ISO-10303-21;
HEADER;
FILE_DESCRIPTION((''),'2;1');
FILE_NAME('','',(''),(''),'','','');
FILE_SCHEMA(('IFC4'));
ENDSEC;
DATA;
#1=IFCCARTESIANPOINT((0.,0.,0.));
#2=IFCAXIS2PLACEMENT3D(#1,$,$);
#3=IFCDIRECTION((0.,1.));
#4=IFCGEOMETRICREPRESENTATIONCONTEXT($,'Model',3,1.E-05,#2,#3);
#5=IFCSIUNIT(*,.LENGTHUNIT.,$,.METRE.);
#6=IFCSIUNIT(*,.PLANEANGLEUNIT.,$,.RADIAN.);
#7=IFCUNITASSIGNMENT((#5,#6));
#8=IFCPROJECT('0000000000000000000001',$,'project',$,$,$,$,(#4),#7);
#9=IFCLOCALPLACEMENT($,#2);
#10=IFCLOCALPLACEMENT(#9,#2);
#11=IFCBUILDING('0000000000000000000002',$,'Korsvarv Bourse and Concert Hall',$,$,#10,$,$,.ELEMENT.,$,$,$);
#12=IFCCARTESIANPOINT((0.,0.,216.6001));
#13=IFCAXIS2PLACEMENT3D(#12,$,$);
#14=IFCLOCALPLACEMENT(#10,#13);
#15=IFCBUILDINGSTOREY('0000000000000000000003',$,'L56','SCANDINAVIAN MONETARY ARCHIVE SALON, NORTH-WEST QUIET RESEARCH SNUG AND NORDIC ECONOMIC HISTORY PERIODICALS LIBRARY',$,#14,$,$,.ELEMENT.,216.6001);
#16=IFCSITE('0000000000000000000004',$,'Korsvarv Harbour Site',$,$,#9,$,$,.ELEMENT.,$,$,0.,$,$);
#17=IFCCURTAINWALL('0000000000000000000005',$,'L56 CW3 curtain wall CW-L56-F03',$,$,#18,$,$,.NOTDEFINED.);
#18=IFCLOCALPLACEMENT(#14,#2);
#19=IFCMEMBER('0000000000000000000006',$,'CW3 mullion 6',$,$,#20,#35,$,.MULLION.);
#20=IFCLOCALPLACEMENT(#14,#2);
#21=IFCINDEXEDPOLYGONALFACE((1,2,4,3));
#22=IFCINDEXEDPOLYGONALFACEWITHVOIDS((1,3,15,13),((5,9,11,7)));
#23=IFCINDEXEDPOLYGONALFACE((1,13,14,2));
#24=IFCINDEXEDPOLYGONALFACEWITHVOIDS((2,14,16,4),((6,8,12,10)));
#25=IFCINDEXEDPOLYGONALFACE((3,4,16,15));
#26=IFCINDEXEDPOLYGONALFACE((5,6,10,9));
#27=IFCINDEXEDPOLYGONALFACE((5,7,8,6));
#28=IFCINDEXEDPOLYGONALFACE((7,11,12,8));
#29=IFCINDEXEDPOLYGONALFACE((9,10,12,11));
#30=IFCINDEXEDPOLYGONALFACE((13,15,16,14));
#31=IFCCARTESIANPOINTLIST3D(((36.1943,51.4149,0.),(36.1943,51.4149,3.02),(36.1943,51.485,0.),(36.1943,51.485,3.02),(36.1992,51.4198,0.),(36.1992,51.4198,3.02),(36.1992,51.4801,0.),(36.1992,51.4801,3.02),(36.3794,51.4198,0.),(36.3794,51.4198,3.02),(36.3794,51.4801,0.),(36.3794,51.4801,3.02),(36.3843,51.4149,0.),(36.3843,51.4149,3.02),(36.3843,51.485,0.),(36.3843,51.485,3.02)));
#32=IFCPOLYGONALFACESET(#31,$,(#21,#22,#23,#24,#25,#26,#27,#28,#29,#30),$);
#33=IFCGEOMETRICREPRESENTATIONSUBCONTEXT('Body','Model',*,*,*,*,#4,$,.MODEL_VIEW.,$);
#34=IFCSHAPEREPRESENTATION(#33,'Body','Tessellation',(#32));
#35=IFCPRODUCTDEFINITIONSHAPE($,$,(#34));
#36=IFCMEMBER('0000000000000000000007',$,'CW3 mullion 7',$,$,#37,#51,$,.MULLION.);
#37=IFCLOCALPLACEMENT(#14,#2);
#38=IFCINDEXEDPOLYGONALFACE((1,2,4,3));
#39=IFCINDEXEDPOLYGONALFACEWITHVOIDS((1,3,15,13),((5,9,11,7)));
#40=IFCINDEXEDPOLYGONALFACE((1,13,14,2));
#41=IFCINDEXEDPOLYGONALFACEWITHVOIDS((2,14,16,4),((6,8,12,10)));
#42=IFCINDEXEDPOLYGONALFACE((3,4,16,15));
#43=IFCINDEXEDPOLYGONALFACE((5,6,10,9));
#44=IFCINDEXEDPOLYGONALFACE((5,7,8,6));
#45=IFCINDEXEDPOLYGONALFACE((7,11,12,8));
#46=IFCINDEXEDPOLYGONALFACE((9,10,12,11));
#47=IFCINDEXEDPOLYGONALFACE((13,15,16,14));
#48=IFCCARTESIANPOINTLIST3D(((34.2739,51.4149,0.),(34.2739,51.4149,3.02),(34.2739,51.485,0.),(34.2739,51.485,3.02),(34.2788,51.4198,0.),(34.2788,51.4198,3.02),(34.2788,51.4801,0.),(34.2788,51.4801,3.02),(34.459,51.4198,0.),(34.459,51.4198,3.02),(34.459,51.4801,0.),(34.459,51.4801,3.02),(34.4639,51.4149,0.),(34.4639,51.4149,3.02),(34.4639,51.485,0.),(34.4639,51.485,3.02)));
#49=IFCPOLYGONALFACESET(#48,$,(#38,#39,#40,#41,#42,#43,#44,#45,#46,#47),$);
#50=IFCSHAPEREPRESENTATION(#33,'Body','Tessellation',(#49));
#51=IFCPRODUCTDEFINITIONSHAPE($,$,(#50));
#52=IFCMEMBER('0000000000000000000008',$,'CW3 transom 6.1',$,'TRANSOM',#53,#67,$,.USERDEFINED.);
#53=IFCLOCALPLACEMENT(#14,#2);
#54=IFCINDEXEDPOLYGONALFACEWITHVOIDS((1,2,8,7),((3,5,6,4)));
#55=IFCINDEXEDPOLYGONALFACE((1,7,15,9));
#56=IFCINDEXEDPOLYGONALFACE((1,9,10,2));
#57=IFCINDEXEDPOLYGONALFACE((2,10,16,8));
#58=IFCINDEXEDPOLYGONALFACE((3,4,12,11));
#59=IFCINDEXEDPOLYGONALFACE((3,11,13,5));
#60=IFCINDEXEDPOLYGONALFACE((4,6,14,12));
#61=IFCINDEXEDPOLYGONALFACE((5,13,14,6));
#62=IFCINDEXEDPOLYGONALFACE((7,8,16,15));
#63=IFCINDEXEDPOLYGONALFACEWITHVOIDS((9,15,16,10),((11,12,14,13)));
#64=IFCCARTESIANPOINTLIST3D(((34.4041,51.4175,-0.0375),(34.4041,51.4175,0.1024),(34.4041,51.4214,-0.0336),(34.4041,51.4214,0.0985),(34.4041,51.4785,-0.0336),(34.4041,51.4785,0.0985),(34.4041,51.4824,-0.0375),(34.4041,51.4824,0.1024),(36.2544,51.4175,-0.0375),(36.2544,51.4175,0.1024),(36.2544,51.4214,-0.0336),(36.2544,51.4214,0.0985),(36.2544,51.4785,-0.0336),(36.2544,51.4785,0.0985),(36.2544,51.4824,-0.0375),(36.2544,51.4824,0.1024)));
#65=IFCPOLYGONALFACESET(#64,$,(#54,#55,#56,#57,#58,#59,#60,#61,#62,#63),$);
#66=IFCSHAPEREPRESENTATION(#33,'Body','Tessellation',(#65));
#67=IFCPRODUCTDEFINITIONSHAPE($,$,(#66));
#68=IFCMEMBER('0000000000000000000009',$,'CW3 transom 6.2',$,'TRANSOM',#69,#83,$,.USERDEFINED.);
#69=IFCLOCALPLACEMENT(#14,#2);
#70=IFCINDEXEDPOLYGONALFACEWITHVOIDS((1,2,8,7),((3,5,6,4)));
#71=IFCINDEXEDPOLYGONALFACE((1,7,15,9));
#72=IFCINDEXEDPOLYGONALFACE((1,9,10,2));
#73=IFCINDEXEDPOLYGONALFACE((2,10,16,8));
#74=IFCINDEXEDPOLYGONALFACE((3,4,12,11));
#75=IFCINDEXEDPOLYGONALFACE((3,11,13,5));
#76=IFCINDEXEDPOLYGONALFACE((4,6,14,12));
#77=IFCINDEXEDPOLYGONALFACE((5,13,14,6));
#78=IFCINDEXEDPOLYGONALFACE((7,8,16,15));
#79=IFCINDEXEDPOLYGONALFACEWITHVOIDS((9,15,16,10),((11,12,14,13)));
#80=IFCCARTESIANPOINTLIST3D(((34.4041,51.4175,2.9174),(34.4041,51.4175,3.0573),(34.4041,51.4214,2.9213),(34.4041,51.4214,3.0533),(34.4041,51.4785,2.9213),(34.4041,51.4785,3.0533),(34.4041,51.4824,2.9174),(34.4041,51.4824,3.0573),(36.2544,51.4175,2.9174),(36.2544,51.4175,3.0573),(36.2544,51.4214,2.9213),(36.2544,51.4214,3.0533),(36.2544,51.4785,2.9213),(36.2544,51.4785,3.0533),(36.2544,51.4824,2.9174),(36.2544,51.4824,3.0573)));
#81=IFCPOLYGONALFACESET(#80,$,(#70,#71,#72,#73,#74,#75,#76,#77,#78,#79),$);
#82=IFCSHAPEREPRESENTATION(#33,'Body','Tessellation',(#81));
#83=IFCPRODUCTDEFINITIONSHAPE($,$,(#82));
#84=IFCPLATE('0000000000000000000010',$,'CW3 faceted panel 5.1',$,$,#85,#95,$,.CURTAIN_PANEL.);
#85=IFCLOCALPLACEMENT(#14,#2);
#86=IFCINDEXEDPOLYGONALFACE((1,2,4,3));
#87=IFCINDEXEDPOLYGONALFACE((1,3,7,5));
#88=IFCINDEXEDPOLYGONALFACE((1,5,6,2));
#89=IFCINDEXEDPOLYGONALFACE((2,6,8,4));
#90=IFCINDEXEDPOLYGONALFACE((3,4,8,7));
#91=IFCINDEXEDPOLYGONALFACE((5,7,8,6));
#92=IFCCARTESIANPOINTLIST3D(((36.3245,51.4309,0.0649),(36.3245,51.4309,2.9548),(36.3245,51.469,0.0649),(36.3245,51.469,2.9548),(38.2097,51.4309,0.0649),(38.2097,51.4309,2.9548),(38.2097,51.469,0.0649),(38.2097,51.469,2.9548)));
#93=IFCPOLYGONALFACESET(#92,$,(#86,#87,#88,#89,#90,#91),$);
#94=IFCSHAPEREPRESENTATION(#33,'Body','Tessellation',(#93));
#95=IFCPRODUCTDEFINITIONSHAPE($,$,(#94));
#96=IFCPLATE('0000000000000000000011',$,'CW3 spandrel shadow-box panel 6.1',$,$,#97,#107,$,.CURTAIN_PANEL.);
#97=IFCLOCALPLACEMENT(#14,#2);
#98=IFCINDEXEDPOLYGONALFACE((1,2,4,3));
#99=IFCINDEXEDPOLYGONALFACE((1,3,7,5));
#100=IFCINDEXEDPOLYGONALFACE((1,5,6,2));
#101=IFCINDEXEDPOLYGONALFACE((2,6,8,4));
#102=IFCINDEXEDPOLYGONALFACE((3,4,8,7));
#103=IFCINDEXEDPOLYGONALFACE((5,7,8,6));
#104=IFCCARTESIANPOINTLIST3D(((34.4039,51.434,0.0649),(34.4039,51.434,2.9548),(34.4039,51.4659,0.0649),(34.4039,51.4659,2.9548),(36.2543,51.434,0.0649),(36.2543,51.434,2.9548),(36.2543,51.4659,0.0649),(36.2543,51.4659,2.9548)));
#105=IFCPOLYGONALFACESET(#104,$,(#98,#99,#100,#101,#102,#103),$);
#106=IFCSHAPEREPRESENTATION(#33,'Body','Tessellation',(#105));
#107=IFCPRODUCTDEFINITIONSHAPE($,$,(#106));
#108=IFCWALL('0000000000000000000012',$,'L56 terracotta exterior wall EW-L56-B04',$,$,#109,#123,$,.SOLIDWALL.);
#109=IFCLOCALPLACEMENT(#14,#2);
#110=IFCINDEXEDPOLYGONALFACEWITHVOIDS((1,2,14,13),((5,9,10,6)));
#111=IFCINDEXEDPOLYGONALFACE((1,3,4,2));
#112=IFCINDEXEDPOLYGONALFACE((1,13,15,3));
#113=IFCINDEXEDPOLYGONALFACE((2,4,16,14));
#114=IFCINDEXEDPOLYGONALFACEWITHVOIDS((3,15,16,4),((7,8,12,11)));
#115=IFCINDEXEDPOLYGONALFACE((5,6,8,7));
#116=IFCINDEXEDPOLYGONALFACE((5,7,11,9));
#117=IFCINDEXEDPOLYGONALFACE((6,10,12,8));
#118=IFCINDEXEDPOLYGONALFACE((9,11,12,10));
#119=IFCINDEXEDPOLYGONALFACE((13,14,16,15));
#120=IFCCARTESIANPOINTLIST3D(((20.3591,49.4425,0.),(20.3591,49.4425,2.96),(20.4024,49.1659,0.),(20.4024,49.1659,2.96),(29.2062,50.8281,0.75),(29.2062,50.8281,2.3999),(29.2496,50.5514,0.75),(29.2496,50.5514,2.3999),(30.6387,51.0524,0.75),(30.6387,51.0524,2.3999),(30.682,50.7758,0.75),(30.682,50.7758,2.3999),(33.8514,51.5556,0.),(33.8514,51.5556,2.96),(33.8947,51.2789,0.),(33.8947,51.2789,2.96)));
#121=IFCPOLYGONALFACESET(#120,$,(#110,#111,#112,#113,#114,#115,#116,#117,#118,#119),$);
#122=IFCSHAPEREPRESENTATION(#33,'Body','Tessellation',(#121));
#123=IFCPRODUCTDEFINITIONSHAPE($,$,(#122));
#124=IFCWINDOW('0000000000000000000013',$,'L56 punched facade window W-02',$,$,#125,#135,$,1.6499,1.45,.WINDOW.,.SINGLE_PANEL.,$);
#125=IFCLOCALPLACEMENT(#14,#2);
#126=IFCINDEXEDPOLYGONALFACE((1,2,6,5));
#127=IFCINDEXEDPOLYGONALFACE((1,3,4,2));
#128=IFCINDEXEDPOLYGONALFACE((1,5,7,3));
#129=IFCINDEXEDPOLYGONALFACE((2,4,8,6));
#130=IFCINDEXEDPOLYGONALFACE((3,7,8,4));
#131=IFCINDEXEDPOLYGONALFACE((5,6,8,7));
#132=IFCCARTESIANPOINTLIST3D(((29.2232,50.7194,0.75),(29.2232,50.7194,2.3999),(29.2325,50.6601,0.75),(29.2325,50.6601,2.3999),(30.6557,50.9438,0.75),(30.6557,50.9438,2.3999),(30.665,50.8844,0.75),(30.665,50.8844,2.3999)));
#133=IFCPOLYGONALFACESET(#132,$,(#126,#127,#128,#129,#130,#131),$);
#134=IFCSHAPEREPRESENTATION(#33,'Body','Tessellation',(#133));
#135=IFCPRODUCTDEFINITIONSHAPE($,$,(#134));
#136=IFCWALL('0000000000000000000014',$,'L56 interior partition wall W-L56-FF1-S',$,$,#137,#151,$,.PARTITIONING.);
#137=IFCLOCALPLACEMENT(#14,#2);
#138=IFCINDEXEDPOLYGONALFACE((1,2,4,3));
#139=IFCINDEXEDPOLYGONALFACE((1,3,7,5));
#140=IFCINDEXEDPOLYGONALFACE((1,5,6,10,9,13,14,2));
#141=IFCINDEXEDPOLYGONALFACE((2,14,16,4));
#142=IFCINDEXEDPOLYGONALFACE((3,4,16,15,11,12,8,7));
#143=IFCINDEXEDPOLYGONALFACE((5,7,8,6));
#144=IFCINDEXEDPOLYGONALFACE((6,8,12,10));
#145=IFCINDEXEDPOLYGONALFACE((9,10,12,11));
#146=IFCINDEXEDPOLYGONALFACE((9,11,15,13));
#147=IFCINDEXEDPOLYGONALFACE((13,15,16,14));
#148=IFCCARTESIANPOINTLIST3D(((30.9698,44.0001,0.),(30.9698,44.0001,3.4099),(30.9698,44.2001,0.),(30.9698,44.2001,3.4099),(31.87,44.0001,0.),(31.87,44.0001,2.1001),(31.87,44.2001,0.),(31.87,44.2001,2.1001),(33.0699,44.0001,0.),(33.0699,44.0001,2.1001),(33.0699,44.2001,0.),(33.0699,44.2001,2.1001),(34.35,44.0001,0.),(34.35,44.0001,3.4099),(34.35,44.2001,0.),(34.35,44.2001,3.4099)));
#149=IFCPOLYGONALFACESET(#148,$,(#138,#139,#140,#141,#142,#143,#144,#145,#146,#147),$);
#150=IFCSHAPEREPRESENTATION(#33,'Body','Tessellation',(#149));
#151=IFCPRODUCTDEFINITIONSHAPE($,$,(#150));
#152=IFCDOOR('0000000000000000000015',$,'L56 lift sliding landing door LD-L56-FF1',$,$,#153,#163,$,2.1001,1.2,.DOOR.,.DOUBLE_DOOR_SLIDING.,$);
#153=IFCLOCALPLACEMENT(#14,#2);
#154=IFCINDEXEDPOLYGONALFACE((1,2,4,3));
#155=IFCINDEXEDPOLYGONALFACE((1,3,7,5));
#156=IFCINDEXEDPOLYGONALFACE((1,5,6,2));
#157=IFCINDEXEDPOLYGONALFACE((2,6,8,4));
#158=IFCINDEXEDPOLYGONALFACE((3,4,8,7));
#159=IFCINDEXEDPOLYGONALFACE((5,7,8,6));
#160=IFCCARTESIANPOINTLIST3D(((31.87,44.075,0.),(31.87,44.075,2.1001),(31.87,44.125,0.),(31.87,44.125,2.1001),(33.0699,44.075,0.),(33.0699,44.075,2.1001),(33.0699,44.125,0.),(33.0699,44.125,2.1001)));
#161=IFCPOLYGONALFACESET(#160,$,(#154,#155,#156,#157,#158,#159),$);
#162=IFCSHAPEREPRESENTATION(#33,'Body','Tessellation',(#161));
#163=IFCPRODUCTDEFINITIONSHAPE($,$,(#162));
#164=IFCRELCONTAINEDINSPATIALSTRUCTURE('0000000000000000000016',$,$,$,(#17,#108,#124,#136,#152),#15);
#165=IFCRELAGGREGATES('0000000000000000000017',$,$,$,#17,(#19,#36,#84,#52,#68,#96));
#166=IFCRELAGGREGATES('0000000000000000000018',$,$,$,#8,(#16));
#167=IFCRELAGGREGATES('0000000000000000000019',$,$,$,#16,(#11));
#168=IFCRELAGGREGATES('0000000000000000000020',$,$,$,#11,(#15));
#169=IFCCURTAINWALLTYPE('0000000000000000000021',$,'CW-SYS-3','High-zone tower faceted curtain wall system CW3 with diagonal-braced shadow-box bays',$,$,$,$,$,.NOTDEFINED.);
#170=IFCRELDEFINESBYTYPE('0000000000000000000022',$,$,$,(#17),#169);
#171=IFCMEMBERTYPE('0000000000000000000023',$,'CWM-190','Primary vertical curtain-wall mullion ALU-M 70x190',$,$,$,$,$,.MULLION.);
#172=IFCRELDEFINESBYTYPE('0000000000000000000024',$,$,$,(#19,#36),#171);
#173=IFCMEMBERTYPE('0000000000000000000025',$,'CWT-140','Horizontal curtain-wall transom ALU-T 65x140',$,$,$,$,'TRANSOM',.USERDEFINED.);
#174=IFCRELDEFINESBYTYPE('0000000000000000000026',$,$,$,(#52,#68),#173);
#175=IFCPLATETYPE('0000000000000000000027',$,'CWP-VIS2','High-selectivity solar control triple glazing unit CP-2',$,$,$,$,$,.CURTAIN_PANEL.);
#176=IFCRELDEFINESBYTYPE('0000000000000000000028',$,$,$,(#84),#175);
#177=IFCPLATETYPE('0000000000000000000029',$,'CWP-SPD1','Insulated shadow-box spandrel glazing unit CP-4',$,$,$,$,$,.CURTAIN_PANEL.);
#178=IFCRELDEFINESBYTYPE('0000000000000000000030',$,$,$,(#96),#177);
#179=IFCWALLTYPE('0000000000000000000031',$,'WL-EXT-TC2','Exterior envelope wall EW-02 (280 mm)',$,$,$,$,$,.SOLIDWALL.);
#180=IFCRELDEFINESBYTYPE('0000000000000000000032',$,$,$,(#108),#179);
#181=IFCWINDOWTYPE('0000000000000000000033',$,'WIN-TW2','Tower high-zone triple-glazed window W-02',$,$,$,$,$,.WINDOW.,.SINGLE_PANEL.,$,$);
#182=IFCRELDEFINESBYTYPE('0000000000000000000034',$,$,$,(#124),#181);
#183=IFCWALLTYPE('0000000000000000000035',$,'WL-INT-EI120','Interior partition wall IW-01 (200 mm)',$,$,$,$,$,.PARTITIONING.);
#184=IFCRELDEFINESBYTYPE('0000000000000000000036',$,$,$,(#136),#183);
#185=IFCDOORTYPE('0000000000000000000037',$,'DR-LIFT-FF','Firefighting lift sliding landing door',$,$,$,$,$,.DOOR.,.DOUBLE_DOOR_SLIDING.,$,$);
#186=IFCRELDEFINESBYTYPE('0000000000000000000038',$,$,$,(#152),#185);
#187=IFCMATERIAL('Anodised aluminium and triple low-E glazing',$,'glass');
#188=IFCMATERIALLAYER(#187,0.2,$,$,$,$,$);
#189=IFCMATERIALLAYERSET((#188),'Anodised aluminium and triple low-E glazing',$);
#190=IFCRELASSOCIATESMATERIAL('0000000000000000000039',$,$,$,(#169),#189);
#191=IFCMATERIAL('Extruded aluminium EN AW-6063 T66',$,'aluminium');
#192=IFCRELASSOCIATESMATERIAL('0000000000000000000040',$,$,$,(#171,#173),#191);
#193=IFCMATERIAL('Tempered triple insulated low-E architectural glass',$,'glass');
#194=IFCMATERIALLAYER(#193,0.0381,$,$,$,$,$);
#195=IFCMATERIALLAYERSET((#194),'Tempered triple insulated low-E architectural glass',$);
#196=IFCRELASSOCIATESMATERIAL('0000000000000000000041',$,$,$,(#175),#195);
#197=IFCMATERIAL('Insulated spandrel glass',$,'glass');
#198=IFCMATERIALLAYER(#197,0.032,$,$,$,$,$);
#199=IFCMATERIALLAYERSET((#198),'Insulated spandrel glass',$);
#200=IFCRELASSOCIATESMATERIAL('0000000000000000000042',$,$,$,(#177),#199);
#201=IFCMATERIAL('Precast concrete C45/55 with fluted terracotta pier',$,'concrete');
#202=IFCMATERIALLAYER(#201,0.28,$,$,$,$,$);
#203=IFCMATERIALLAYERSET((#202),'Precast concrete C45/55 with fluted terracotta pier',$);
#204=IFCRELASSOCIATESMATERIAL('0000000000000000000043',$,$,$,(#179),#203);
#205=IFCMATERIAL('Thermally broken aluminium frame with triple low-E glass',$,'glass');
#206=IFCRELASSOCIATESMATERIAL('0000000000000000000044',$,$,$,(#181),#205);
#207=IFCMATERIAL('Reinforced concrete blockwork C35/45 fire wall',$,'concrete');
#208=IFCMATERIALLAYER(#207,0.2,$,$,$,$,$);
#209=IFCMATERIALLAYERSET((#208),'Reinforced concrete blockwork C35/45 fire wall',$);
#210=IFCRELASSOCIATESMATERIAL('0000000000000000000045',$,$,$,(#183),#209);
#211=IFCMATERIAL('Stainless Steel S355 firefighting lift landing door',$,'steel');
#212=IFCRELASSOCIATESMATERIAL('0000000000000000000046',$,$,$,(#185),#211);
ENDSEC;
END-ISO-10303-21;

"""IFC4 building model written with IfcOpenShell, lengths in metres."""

from ifc_helpers import new_model, si_unit, direction, frame, frame_2d, origin, origin_2d, place, context, subcontext, project, spatial, rectangle, hollow_rectangle, extrude, source, transform, mapped, material, layer, layer_set, material_profile, profile_set, type_object, element, fill, aggregate, save


model = new_model("IFC4")

# Units and contexts
model_context = context("Model", 3, precision=1e-05, world=origin(), true_north=direction((0.0, 1.0)))
body_context = subcontext(model_context, "Body", "Model", "MODEL_VIEW")
ifc_project = project(units=[si_unit("LENGTHUNIT", "METRE"), si_unit("PLANEANGLEUNIT", "RADIAN")], contexts=[model_context])

# Site, building, storey
site_placement = place(None, origin())
site = spatial("IfcSite", under=ifc_project, at=site_placement, Name="Korsvarv Harbour Site", CompositionType="ELEMENT", RefElevation=0.0)
building_placement = place(site_placement, origin())
building = spatial("IfcBuilding", under=site, at=building_placement, Name="Korsvarv Bourse and Concert Hall", CompositionType="ELEMENT")
storey_placement = place(building_placement, frame((0.0, 0.0, 216.6001)))
storey = spatial("IfcBuildingStorey", under=building, at=storey_placement, Name="L56", Description="SCANDINAVIAN MONETARY ARCHIVE SALON, NORTH-WEST QUIET RESEARCH SNUG AND NORDIC ECONOMIC HISTORY PERIODICALS LIBRARY", CompositionType="ELEMENT", Elevation=216.6001)

# Curtain wall, members, plates
ifc_material_1 = material(Name="Anodised aluminium and triple low-E glazing", Category="glass")
ifc_layer_1 = layer(ifc_material_1, 0.2)
ifc_layer_set_1 = layer_set([ifc_layer_1], Name="Anodised aluminium and triple low-E glazing")
curtain_wall_type = type_object("IfcCurtainWallType", Name="CW-SYS-3", Description="High-zone tower faceted curtain wall system CW3 with diagonal-braced shadow-box bays", PredefinedType="NOTDEFINED", material=ifc_layer_set_1)
curtain_wall_placement = place(storey_placement, origin())
curtain_wall = element("IfcCurtainWall", 1, at=curtain_wall_placement, inside=storey, type_object=curtain_wall_type, Name="L56 CW3 curtain wall CW-L56-F03", PredefinedType="NOTDEFINED")
ifc_material_2 = material(Name="Extruded aluminium EN AW-6063 T66", Category="aluminium")
ifc_material_profile_1 = material_profile(ifc_material_2, hollow_rectangle(XDim=0.0701, YDim=0.1899, WallThickness=0.0049, at=origin_2d()), Name="ALU-M 70x190")
ifc_profile_set_1 = profile_set([ifc_material_profile_1], Name="Extruded aluminium EN AW-6063 T66")
member_type_1 = type_object("IfcMemberType", Name="CWM-190", Description="Primary vertical curtain-wall mullion ALU-M 70x190", PredefinedType="MULLION", material=ifc_profile_set_1)
shared_shape_1 = source(origin(), body_context, "Body", "SweptSolid", [
    extrude(hollow_rectangle(XDim=0.0701, YDim=0.1899, WallThickness=0.0049, at=origin_2d()), origin(), (0.0, 0.0, 1.0), 3.02),
])
member_1_placement = place(storey_placement, frame((36.2893, 51.45, 0.0), z_axis=(0.0, 0.0, 1.0), x_axis=(0.0, -1.0, 0.0)))
member_1 = element("IfcMember", 2, at=member_1_placement, type_object=member_type_1, Name="CW3 mullion 6", PredefinedType="MULLION", context=body_context, shape_type="MappedRepresentation", body=[
    mapped(shared_shape_1, transform((0.0, 0.0, 0.0), scale=1.0)),
])
member_2_placement = place(storey_placement, frame((34.3689, 51.45, 0.0), z_axis=(0.0, 0.0, 1.0), x_axis=(0.0, -1.0, 0.0)))
member_2 = element("IfcMember", 3, at=member_2_placement, type_object=member_type_1, Name="CW3 mullion 7", PredefinedType="MULLION", context=body_context, shape_type="MappedRepresentation", body=[
    mapped(shared_shape_1, transform((0.0, 0.0, 0.0), scale=1.0)),
])
ifc_material_profile_2 = material_profile(ifc_material_2, hollow_rectangle(XDim=0.0649, YDim=0.1399, WallThickness=0.0039, at=origin_2d()), Name="ALU-T 65x140")
ifc_profile_set_2 = profile_set([ifc_material_profile_2], Name="Extruded aluminium EN AW-6063 T66")
member_type_2 = type_object("IfcMemberType", Name="CWT-140", Description="Horizontal curtain-wall transom ALU-T 65x140", ElementType="TRANSOM", PredefinedType="USERDEFINED", material=ifc_profile_set_2)
shared_shape_2 = source(origin(), body_context, "Body", "SweptSolid", [
    extrude(hollow_rectangle(XDim=0.0649, YDim=0.1399, WallThickness=0.0039, at=origin_2d()), origin(), (0.0, 0.0, 1.0), 1.8503),
])
member_3_placement = place(storey_placement, frame((36.2544, 51.45, 0.0325), z_axis=(-1.0, 0.0, 0.0), x_axis=(0.0, -1.0, 0.0)))
member_3 = element("IfcMember", 4, at=member_3_placement, type_object=member_type_2, Name="CW3 transom 6.1", ObjectType="TRANSOM", PredefinedType="USERDEFINED", context=body_context, shape_type="MappedRepresentation", body=[
    mapped(shared_shape_2, transform((0.0, 0.0, 0.0), scale=1.0)),
])
member_4_placement = place(storey_placement, frame((36.2544, 51.45, 2.9873), z_axis=(-1.0, 0.0, 0.0), x_axis=(0.0, -1.0, 0.0)))
member_4 = element("IfcMember", 5, at=member_4_placement, type_object=member_type_2, Name="CW3 transom 6.2", ObjectType="TRANSOM", PredefinedType="USERDEFINED", context=body_context, shape_type="MappedRepresentation", body=[
    mapped(shared_shape_2, transform((0.0, 0.0, 0.0), scale=1.0)),
])
ifc_material_3 = material(Name="Tempered triple insulated low-E architectural glass", Category="glass")
ifc_layer_2 = layer(ifc_material_3, 0.0381)
ifc_layer_set_2 = layer_set([ifc_layer_2], Name="Tempered triple insulated low-E architectural glass")
plate_type_1 = type_object("IfcPlateType", Name="CWP-VIS2", Description="High-selectivity solar control triple glazing unit CP-2", PredefinedType="CURTAIN_PANEL", material=ifc_layer_set_2)
shared_shape_3 = source(origin(), body_context, "Body", "SweptSolid", [
    extrude(rectangle(XDim=1.8853, YDim=0.0381, at=origin_2d()), origin(), (0.0, 0.0, 1.0), 2.8899),
])
plate_1_placement = place(storey_placement, frame((37.2671, 51.45, 0.0649), z_axis=(0.0, 0.0, 1.0), x_axis=(-1.0, 0.0, 0.0)))
plate_1 = element("IfcPlate", 6, at=plate_1_placement, type_object=plate_type_1, Name="CW3 faceted panel 5.1", PredefinedType="CURTAIN_PANEL", context=body_context, shape_type="MappedRepresentation", body=[
    mapped(shared_shape_3, transform((0.0, 0.0, 0.0), scale=1.0)),
])
ifc_material_4 = material(Name="Insulated spandrel glass", Category="glass")
ifc_layer_3 = layer(ifc_material_4, 0.032)
ifc_layer_set_3 = layer_set([ifc_layer_3], Name="Insulated spandrel glass")
plate_type_2 = type_object("IfcPlateType", Name="CWP-SPD1", Description="Insulated shadow-box spandrel glazing unit CP-4", PredefinedType="CURTAIN_PANEL", material=ifc_layer_set_3)
shared_shape_4 = source(origin(), body_context, "Body", "SweptSolid", [
    extrude(rectangle(XDim=1.8503, YDim=0.032, at=origin_2d()), origin(), (0.0, 0.0, 1.0), 2.8899),
])
plate_2_placement = place(storey_placement, frame((35.3291, 51.45, 0.0649), z_axis=(0.0, 0.0, 1.0), x_axis=(-1.0, 0.0, 0.0)))
plate_2 = element("IfcPlate", 7, at=plate_2_placement, type_object=plate_type_2, Name="CW3 spandrel shadow-box panel 6.1", PredefinedType="CURTAIN_PANEL", context=body_context, shape_type="MappedRepresentation", body=[
    mapped(shared_shape_4, transform((0.0, 0.0, 0.0), scale=1.0)),
])
aggregate(curtain_wall, [member_1, member_2, plate_1, member_3, member_4, plate_2])

# Wall, opening, window
ifc_material_5 = material(Name="Precast concrete C45/55 with fluted terracotta pier", Category="concrete")
ifc_layer_4 = layer(ifc_material_5, 0.28)
ifc_layer_set_4 = layer_set([ifc_layer_4], Name="Precast concrete C45/55 with fluted terracotta pier")
wall_type_1 = type_object("IfcWallType", Name="WL-EXT-TC2", Description="Exterior envelope wall EW-02 (280 mm)", PredefinedType="SOLIDWALL", material=ifc_layer_set_4)
wall_1_placement = place(storey_placement, frame((33.873, 51.4172, 0.0), z_axis=(0.0, 0.0, 1.0), x_axis=(-0.987957, -0.154726, 0.0)))
wall_1 = element("IfcWall", 8, at=wall_1_placement, inside=storey, type_object=wall_type_1, Name="L56 terracotta exterior wall EW-L56-B04", PredefinedType="SOLIDWALL", context=body_context, shape_type="SweptSolid", body=[
    extrude(rectangle(XDim=13.6567, YDim=0.28, at=frame_2d((6.8284, 0.0))), origin(), (0.0, 0.0, 1.0), 2.96),
])
opening_1_placement = place(wall_1_placement, frame((3.2517, 0.0, 0.75)))
opening_1 = element("IfcOpeningElement", 9, at=opening_1_placement, cuts=wall_1, PredefinedType="OPENING", context=body_context, shape_type="SweptSolid", body=[
    extrude(rectangle(XDim=1.45, YDim=1.6499, at=frame_2d((0.7251, 0.825))), frame((0.0, 0.1499, 0.0), z_axis=(0.0, -1.0, 0.0), x_axis=(1.0, 0.0, 0.0)), (0.0, 0.0, 1.0), 0.3),
])
ifc_material_6 = material(Name="Thermally broken aluminium frame with triple low-E glass", Category="glass")
window_type = type_object("IfcWindowType", Name="WIN-TW2", Description="Tower high-zone triple-glazed window W-02", PartitioningType="SINGLE_PANEL", PredefinedType="WINDOW", material=ifc_material_6)
window_placement = place(opening_1_placement, origin())
window = element("IfcWindow", 10, at=window_placement, inside=storey, type_object=window_type, Name="L56 punched facade window W-02", OverallHeight=1.6499, OverallWidth=1.45, PartitioningType="SINGLE_PANEL", PredefinedType="WINDOW", context=body_context, shape_type="SweptSolid", body=[
    extrude(rectangle(XDim=1.45, YDim=1.6499, at=frame_2d((0.7251, 0.825))), frame((0.0, 0.03, 0.0), z_axis=(0.0, -1.0, 0.0), x_axis=(1.0, 0.0, 0.0)), (0.0, 0.0, 1.0), 0.0601),
])
fill(opening_1, window)

# Wall, opening, door
ifc_material_7 = material(Name="Reinforced concrete blockwork C35/45 fire wall", Category="concrete")
ifc_layer_5 = layer(ifc_material_7, 0.2)
ifc_layer_set_5 = layer_set([ifc_layer_5], Name="Reinforced concrete blockwork C35/45 fire wall")
wall_type_2 = type_object("IfcWallType", Name="WL-INT-EI120", Description="Interior partition wall IW-01 (200 mm)", PredefinedType="PARTITIONING", material=ifc_layer_set_5)
wall_2_placement = place(storey_placement, frame((30.97, 44.1001, 0.0), z_axis=(0.0, 0.0, 1.0), x_axis=(1.0, 0.0, 0.0)))
wall_2 = element("IfcWall", 11, at=wall_2_placement, inside=storey, type_object=wall_type_2, Name="L56 interior partition wall W-L56-FF1-S", PredefinedType="PARTITIONING", context=body_context, shape_type="SweptSolid", body=[
    extrude(rectangle(XDim=3.3801, YDim=0.2, at=frame_2d((1.6899, 0.0))), origin(), (0.0, 0.0, 1.0), 3.4099),
])
opening_2_placement = place(wall_2_placement, frame((0.8999, 0.0, 0.0)))
opening_2 = element("IfcOpeningElement", 12, at=opening_2_placement, cuts=wall_2, PredefinedType="OPENING", context=body_context, shape_type="SweptSolid", body=[
    extrude(rectangle(XDim=1.2, YDim=2.1001, at=frame_2d((0.6001, 1.05))), frame((0.0, 0.1099, 0.0), z_axis=(0.0, -1.0, 0.0), x_axis=(1.0, 0.0, 0.0)), (0.0, 0.0, 1.0), 0.22),
])
ifc_material_8 = material(Name="Stainless Steel S355 firefighting lift landing door", Category="steel")
door_type = type_object("IfcDoorType", Name="DR-LIFT-FF", Description="Firefighting lift sliding landing door", OperationType="DOUBLE_DOOR_SLIDING", PredefinedType="DOOR", material=ifc_material_8)
door_1_placement = place(opening_2_placement, origin())
door_1 = element("IfcDoor", 13, at=door_1_placement, inside=storey, type_object=door_type, Name="L56 lift sliding landing door LD-L56-FF1", OperationType="DOUBLE_DOOR_SLIDING", OverallHeight=2.1001, OverallWidth=1.2, PredefinedType="DOOR", context=body_context, shape_type="SweptSolid", body=[
    extrude(rectangle(XDim=1.2, YDim=2.1001, at=frame_2d((0.6001, 1.05))), frame((0.0, 0.0249, 0.0), z_axis=(0.0, -1.0, 0.0), x_axis=(1.0, 0.0, 0.0)), (0.0, 0.0, 1.0), 0.05),
])
fill(opening_2, door_1)

save(model, "model.ifc")
